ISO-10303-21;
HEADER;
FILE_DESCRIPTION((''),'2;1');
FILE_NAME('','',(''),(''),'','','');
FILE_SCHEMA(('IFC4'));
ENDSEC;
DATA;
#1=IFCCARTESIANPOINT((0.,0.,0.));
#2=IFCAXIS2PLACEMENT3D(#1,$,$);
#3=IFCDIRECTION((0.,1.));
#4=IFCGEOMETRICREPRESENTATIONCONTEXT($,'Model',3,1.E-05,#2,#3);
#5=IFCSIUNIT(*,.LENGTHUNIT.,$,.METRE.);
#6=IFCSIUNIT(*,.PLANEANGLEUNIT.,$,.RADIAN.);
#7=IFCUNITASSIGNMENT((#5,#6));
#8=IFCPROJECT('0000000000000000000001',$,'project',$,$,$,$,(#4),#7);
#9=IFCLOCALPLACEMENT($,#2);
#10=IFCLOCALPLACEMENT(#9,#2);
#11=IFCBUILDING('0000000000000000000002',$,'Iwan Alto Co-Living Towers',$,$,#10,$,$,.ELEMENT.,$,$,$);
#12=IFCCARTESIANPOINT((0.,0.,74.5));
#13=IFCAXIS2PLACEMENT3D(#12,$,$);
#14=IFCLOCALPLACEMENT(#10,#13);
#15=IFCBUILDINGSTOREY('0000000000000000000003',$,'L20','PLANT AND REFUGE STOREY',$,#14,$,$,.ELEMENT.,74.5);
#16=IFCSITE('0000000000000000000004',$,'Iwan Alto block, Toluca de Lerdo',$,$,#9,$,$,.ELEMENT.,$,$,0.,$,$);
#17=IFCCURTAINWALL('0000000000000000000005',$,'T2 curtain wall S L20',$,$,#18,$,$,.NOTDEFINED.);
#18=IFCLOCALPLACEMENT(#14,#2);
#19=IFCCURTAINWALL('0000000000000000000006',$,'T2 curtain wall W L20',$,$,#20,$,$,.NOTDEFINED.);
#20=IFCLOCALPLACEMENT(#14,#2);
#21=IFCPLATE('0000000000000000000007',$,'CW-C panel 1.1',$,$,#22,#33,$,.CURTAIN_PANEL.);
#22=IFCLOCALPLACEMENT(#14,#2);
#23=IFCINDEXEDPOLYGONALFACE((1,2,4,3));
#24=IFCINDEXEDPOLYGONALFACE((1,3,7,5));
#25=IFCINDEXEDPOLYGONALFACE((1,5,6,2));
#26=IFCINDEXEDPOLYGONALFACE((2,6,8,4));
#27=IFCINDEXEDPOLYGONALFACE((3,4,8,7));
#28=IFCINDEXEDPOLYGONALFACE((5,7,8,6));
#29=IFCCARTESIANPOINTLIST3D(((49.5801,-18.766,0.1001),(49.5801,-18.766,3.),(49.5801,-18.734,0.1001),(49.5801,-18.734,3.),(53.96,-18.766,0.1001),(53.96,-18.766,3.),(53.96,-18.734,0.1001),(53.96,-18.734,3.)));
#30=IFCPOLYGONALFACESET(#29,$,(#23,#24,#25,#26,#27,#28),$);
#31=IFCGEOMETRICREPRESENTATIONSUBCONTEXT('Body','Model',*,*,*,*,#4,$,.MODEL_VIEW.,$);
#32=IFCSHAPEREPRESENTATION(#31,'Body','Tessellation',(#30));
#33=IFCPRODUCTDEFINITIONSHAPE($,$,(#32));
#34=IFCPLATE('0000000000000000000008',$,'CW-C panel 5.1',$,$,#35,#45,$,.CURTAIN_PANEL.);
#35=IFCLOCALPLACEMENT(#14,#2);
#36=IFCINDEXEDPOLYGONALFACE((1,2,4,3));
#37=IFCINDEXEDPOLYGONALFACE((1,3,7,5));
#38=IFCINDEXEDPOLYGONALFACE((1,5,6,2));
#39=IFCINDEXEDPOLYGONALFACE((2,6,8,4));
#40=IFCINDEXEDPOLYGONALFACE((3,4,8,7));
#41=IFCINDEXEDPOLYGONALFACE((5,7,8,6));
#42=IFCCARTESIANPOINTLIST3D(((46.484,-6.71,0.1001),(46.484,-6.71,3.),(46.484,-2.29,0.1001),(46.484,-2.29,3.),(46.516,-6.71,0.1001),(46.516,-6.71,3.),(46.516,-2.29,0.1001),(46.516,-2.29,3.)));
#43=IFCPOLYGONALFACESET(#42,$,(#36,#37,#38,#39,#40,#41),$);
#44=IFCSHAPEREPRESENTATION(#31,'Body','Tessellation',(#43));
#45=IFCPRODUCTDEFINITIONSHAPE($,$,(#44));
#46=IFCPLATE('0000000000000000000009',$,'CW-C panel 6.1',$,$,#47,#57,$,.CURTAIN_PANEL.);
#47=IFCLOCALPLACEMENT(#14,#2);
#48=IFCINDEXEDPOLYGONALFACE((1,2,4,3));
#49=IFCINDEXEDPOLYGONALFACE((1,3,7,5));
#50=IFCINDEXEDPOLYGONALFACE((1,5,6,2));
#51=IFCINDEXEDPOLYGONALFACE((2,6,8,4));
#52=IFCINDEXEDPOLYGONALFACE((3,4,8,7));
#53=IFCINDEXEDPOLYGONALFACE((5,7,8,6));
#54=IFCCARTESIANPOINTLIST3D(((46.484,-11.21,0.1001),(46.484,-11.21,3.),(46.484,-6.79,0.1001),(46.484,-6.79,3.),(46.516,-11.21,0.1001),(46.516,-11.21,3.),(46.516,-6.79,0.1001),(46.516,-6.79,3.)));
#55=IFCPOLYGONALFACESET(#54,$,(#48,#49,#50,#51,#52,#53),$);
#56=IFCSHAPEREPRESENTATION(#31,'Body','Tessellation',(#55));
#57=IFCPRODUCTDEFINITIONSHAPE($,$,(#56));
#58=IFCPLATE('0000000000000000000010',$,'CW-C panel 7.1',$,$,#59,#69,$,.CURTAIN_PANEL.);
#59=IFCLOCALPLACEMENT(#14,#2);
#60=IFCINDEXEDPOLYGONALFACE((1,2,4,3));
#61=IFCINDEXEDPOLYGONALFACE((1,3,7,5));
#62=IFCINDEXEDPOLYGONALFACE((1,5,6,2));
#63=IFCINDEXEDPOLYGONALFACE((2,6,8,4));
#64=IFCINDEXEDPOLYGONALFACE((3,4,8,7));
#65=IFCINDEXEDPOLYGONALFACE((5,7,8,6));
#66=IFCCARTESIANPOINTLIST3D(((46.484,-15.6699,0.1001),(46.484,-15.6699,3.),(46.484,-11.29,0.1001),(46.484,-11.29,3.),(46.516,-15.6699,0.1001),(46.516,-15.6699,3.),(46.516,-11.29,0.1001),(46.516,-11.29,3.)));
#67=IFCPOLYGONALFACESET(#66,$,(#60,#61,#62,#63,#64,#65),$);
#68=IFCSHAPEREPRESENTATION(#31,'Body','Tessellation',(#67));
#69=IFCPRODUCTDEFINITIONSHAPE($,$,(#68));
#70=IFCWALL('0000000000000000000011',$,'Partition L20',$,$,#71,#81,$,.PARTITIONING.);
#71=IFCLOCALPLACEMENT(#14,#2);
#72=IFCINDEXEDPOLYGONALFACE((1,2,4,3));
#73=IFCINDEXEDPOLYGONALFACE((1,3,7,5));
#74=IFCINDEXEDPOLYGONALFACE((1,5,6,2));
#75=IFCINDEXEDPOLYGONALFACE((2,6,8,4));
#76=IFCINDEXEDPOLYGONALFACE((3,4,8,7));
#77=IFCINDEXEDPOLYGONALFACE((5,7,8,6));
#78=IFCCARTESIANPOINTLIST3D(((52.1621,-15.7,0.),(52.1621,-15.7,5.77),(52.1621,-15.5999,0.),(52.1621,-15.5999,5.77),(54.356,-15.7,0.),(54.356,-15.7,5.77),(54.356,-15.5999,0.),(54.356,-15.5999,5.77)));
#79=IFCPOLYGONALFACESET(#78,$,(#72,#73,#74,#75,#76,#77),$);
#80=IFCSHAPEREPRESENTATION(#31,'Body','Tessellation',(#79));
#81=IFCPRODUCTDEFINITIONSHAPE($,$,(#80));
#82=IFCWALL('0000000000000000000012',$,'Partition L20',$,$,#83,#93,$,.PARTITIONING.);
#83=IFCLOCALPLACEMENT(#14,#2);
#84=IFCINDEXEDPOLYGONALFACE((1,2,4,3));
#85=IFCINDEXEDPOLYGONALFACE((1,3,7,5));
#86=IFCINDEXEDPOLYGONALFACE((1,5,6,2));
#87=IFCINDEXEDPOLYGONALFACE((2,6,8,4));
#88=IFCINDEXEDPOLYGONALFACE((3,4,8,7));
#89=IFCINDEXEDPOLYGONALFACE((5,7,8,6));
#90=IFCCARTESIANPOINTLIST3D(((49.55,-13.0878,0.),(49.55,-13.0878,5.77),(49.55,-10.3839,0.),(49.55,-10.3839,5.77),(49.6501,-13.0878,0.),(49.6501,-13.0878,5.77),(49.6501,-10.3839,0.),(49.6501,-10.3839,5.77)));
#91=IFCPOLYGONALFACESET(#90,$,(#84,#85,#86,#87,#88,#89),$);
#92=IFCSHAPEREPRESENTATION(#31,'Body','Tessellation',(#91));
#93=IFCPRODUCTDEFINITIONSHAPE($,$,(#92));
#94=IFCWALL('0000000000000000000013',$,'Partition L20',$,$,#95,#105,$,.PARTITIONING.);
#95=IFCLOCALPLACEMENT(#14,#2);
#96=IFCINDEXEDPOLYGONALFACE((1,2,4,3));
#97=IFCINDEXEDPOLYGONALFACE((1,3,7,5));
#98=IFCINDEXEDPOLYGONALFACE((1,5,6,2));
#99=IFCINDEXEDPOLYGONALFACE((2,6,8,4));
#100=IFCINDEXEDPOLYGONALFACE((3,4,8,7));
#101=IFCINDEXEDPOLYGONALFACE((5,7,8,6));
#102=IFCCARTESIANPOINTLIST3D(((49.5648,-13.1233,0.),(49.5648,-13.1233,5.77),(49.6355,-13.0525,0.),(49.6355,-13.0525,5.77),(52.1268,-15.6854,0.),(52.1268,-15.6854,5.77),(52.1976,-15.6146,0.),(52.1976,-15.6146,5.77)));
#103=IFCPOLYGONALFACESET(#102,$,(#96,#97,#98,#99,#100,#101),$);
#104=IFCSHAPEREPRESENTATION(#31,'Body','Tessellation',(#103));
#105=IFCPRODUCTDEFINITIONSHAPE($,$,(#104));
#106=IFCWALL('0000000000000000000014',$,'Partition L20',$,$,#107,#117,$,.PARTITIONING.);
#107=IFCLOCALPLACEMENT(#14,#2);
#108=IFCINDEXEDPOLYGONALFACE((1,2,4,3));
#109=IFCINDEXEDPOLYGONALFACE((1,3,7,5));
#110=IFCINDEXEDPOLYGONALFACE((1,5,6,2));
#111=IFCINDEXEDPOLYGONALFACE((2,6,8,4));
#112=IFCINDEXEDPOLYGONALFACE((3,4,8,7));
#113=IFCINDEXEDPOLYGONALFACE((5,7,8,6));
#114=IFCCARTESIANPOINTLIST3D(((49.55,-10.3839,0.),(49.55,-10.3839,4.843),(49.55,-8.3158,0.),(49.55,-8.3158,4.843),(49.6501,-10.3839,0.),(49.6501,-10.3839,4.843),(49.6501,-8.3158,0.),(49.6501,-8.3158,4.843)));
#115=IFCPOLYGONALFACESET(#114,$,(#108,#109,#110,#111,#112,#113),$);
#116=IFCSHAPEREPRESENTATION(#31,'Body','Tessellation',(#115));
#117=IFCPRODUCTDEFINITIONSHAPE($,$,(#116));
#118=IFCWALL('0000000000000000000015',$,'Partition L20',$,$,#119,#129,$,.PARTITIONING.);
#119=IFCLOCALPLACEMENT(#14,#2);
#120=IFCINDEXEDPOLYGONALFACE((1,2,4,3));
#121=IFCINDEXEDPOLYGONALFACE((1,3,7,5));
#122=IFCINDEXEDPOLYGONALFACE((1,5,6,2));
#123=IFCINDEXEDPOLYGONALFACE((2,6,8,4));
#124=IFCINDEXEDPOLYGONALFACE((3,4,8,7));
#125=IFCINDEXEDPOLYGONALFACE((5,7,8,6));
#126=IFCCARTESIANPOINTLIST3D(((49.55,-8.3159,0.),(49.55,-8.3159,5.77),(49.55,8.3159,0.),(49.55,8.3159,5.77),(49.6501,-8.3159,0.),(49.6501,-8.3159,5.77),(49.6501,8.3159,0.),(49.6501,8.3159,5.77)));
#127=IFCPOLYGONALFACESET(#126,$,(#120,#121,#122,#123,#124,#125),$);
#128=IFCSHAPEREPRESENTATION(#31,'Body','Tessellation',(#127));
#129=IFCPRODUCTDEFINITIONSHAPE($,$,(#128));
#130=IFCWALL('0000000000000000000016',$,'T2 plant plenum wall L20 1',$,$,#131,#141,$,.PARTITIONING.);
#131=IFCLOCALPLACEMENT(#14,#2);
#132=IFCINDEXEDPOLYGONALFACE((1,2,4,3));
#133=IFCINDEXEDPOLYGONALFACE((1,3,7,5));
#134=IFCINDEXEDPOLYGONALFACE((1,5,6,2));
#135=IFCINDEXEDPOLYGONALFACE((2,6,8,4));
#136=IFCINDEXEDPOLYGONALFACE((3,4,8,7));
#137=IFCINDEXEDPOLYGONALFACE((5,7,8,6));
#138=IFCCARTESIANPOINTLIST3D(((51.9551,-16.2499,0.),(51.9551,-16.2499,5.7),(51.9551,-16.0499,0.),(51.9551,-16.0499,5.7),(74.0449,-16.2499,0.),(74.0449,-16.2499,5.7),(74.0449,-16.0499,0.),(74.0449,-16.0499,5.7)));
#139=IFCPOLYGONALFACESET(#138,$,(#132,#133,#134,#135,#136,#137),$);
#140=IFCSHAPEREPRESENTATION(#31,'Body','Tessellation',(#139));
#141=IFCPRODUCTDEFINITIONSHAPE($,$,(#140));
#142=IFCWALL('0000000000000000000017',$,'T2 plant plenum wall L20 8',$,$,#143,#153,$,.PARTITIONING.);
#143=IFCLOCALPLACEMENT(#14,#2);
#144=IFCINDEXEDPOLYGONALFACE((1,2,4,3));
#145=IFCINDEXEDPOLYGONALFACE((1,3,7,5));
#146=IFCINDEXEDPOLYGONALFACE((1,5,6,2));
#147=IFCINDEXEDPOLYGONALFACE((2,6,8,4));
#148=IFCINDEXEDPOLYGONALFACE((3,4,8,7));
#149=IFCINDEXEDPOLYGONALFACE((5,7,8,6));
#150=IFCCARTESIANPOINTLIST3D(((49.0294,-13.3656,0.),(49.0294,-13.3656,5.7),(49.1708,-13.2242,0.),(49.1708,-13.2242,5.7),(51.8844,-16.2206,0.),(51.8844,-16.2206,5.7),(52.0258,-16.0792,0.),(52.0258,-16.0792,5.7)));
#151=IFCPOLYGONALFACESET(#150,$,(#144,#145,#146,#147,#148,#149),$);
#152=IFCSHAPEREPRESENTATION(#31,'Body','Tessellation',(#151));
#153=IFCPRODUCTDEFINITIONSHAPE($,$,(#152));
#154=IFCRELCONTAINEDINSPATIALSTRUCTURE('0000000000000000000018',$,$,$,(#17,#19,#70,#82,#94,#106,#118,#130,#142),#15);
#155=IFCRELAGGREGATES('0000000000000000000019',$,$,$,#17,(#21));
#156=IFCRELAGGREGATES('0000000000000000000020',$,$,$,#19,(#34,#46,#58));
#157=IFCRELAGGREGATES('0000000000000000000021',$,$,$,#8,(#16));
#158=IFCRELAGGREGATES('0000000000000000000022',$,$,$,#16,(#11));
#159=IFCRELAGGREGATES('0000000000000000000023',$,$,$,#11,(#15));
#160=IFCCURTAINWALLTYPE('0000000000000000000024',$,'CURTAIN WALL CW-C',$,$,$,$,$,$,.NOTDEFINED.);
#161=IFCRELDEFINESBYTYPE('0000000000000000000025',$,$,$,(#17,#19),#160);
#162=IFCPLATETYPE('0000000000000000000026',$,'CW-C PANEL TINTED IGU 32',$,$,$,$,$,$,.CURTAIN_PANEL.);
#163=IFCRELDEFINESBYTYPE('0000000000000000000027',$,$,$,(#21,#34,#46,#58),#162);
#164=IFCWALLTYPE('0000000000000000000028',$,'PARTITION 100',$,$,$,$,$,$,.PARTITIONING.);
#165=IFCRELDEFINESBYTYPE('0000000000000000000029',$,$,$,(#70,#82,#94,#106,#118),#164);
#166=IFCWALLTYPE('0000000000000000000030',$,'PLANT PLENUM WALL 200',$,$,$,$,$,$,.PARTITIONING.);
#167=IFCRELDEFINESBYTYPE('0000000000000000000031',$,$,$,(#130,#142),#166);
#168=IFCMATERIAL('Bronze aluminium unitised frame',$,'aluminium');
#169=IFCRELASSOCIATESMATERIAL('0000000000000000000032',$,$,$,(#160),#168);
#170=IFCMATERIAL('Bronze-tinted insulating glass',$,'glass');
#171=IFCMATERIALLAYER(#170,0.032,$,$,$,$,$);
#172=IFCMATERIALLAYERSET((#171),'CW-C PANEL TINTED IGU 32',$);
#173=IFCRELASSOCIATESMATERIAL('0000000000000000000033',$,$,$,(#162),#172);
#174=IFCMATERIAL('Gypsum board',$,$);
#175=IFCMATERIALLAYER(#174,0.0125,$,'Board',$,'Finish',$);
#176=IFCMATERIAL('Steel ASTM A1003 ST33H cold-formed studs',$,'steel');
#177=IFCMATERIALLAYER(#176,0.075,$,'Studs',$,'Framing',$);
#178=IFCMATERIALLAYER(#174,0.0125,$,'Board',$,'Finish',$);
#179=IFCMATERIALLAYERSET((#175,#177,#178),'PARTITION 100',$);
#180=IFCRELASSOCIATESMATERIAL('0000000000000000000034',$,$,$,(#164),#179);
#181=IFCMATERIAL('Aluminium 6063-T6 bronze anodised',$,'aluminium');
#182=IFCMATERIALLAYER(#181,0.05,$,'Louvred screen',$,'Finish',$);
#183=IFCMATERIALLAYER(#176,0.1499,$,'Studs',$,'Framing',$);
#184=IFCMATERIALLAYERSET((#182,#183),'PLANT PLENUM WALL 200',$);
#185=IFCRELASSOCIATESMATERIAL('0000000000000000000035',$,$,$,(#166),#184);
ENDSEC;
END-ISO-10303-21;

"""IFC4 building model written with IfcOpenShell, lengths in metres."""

from ifc_helpers import new_model, si_unit, direction, frame, frame_2d, origin, origin_2d, place, context, subcontext, project, spatial, rectangle, extrude, material, layer, layer_set, type_object, element, aggregate, save


model = new_model("IFC4")

# Units and contexts
model_context = context("Model", 3, precision=1e-05, world=origin(), true_north=direction((0.0, 1.0)))
body_context = subcontext(model_context, "Body", "Model", "MODEL_VIEW")
ifc_project = project(units=[si_unit("LENGTHUNIT", "METRE"), si_unit("PLANEANGLEUNIT", "RADIAN")], contexts=[model_context])

# Site, building, storey
site_placement = place(None, origin())
site = spatial("IfcSite", under=ifc_project, at=site_placement, Name="Iwan Alto block, Toluca de Lerdo", CompositionType="ELEMENT", RefElevation=0.0)
building_placement = place(site_placement, origin())
building = spatial("IfcBuilding", under=site, at=building_placement, Name="Iwan Alto Co-Living Towers", CompositionType="ELEMENT")
storey_placement = place(building_placement, frame((0.0, 0.0, 74.5)))
storey = spatial("IfcBuildingStorey", under=building, at=storey_placement, Name="L20", Description="PLANT AND REFUGE STOREY", CompositionType="ELEMENT", Elevation=74.5)

# Curtain walls
ifc_material_1 = material(Name="Bronze aluminium unitised frame", Category="aluminium")
curtain_wall_type = type_object("IfcCurtainWallType", Name="CURTAIN WALL CW-C", PredefinedType="NOTDEFINED", material=ifc_material_1)
curtain_wall_1_placement = place(storey_placement, origin())
curtain_wall_1 = element("IfcCurtainWall", 1, at=curtain_wall_1_placement, inside=storey, type_object=curtain_wall_type, Name="T2 curtain wall S L20", PredefinedType="NOTDEFINED")
curtain_wall_2_placement = place(storey_placement, origin())
curtain_wall_2 = element("IfcCurtainWall", 2, at=curtain_wall_2_placement, inside=storey, type_object=curtain_wall_type, Name="T2 curtain wall W L20", PredefinedType="NOTDEFINED")

# Plates
ifc_material_2 = material(Name="Bronze-tinted insulating glass", Category="glass")
ifc_layer_1 = layer(ifc_material_2, 0.032)
ifc_layer_set_1 = layer_set([ifc_layer_1], Name="CW-C PANEL TINTED IGU 32")
plate_type = type_object("IfcPlateType", Name="CW-C PANEL TINTED IGU 32", PredefinedType="CURTAIN_PANEL", material=ifc_layer_set_1)
plate_1_placement = place(storey_placement, frame((51.77, -18.75, 0.1001), z_axis=(0.0, 0.0, 1.0), x_axis=(1.0, 0.0, 0.0)))
plate_1 = element("IfcPlate", 3, at=plate_1_placement, type_object=plate_type, Name="CW-C panel 1.1", PredefinedType="CURTAIN_PANEL", context=body_context, shape_type="SweptSolid", body=[
    extrude(rectangle(XDim=4.3799, YDim=0.032, at=origin_2d()), origin(), (0.0, 0.0, 1.0), 2.8999),
])
aggregate(curtain_wall_1, [plate_1])
plate_2_placement = place(storey_placement, frame((46.5, -4.5, 0.1001), z_axis=(0.0, 0.0, 1.0), x_axis=(0.0, -1.0, 0.0)))
plate_2 = element("IfcPlate", 4, at=plate_2_placement, type_object=plate_type, Name="CW-C panel 5.1", PredefinedType="CURTAIN_PANEL", context=body_context, shape_type="SweptSolid", body=[
    extrude(rectangle(XDim=4.4199, YDim=0.032, at=origin_2d()), origin(), (0.0, 0.0, 1.0), 2.8999),
])
plate_3_placement = place(storey_placement, frame((46.5, -9.0, 0.1001), z_axis=(0.0, 0.0, 1.0), x_axis=(0.0, -1.0, 0.0)))
plate_3 = element("IfcPlate", 5, at=plate_3_placement, type_object=plate_type, Name="CW-C panel 6.1", PredefinedType="CURTAIN_PANEL", context=body_context, shape_type="SweptSolid", body=[
    extrude(rectangle(XDim=4.4199, YDim=0.032, at=origin_2d()), origin(), (0.0, 0.0, 1.0), 2.8999),
])
plate_4_placement = place(storey_placement, frame((46.5, -13.48, 0.1001), z_axis=(0.0, 0.0, 1.0), x_axis=(0.0, -1.0, 0.0)))
plate_4 = element("IfcPlate", 6, at=plate_4_placement, type_object=plate_type, Name="CW-C panel 7.1", PredefinedType="CURTAIN_PANEL", context=body_context, shape_type="SweptSolid", body=[
    extrude(rectangle(XDim=4.3799, YDim=0.032, at=origin_2d()), origin(), (0.0, 0.0, 1.0), 2.8999),
])
aggregate(curtain_wall_2, [plate_2, plate_3, plate_4])

# Walls
ifc_material_3 = material(Name="Gypsum board")
ifc_layer_2 = layer(ifc_material_3, 0.0125, Name="Board", Category="Finish")
ifc_material_4 = material(Name="Steel ASTM A1003 ST33H cold-formed studs", Category="steel")
ifc_layer_3 = layer(ifc_material_4, 0.075, Name="Studs", Category="Framing")
ifc_layer_4 = layer(ifc_material_3, 0.0125, Name="Board", Category="Finish")
ifc_layer_set_2 = layer_set([ifc_layer_2, ifc_layer_3, ifc_layer_4], Name="PARTITION 100")
wall_type_1 = type_object("IfcWallType", Name="PARTITION 100", PredefinedType="PARTITIONING", material=ifc_layer_set_2)
wall_1_placement = place(storey_placement, frame((52.1621, -15.6499, 0.0), z_axis=(0.0, 0.0, 1.0), x_axis=(1.0, 0.0, 0.0)))
element("IfcWall", 7, at=wall_1_placement, inside=storey, type_object=wall_type_1, Name="Partition L20", PredefinedType="PARTITIONING", context=body_context, shape_type="SweptSolid", body=[
    extrude(rectangle(XDim=2.1938, YDim=0.1001, at=frame_2d((1.0969, 0.0))), origin(), (0.0, 0.0, 1.0), 5.77),
])
wall_2_placement = place(storey_placement, frame((49.6001, -13.0879, 0.0), z_axis=(0.0, 0.0, 1.0), x_axis=(0.0, 1.0, 0.0)))
element("IfcWall", 8, at=wall_2_placement, inside=storey, type_object=wall_type_1, Name="Partition L20", PredefinedType="PARTITIONING", context=body_context, shape_type="SweptSolid", body=[
    extrude(rectangle(XDim=2.7039, YDim=0.1001, at=frame_2d((1.3521, 0.0))), origin(), (0.0, 0.0, 1.0), 5.77),
])
wall_3_placement = place(storey_placement, frame((52.1621, -15.6499, 0.0), z_axis=(0.0, 0.0, 1.0), x_axis=(-0.707107, 0.707107, 0.0)))
element("IfcWall", 9, at=wall_3_placement, inside=storey, type_object=wall_type_1, Name="Partition L20", PredefinedType="PARTITIONING", context=body_context, shape_type="SweptSolid", body=[
    extrude(rectangle(XDim=3.6233, YDim=0.1001, at=frame_2d((1.8115, 0.0))), origin(), (0.0, 0.0, 1.0), 5.77),
])
wall_4_placement = place(storey_placement, frame((49.6001, -10.384, 0.0), z_axis=(0.0, 0.0, 1.0), x_axis=(0.0, 1.0, 0.0)))
element("IfcWall", 10, at=wall_4_placement, inside=storey, type_object=wall_type_1, Name="Partition L20", PredefinedType="PARTITIONING", context=body_context, shape_type="SweptSolid", body=[
    extrude(rectangle(XDim=2.0681, YDim=0.1001, at=frame_2d((1.0342, 0.0))), origin(), (0.0, 0.0, 1.0), 4.843),
])
wall_5_placement = place(storey_placement, frame((49.6001, -8.3159, 0.0), z_axis=(0.0, 0.0, 1.0), x_axis=(0.0, 1.0, 0.0)))
element("IfcWall", 11, at=wall_5_placement, inside=storey, type_object=wall_type_1, Name="Partition L20", PredefinedType="PARTITIONING", context=body_context, shape_type="SweptSolid", body=[
    extrude(rectangle(XDim=16.6318, YDim=0.1001, at=frame_2d((8.3159, 0.0))), origin(), (0.0, 0.0, 1.0), 5.77),
])
ifc_material_5 = material(Name="Aluminium 6063-T6 bronze anodised", Category="aluminium")
ifc_layer_5 = layer(ifc_material_5, 0.05, Name="Louvred screen", Category="Finish")
ifc_layer_6 = layer(ifc_material_4, 0.1499, Name="Studs", Category="Framing")
ifc_layer_set_3 = layer_set([ifc_layer_5, ifc_layer_6], Name="PLANT PLENUM WALL 200")
wall_type_2 = type_object("IfcWallType", Name="PLANT PLENUM WALL 200", PredefinedType="PARTITIONING", material=ifc_layer_set_3)
wall_6_placement = place(storey_placement, frame((51.9551, -16.1499, 0.0), z_axis=(0.0, 0.0, 1.0), x_axis=(1.0, 0.0, 0.0)))
element("IfcWall", 12, at=wall_6_placement, inside=storey, type_object=wall_type_2, Name="T2 plant plenum wall L20 1", PredefinedType="PARTITIONING", context=body_context, shape_type="SweptSolid", body=[
    extrude(rectangle(XDim=22.0898, YDim=0.2, at=frame_2d((11.0449, 0.0))), origin(), (0.0, 0.0, 1.0), 5.7),
])
wall_7_placement = place(storey_placement, frame((49.1001, -13.2949, 0.0), z_axis=(0.0, 0.0, 1.0), x_axis=(0.707107, -0.707107, 0.0)))
element("IfcWall", 13, at=wall_7_placement, inside=storey, type_object=wall_type_2, Name="T2 plant plenum wall L20 8", PredefinedType="PARTITIONING", context=body_context, shape_type="SweptSolid", body=[
    extrude(rectangle(XDim=4.0376, YDim=0.2, at=frame_2d((2.0188, 0.0))), origin(), (0.0, 0.0, 1.0), 5.7),
])

save(model, "model.ifc")
